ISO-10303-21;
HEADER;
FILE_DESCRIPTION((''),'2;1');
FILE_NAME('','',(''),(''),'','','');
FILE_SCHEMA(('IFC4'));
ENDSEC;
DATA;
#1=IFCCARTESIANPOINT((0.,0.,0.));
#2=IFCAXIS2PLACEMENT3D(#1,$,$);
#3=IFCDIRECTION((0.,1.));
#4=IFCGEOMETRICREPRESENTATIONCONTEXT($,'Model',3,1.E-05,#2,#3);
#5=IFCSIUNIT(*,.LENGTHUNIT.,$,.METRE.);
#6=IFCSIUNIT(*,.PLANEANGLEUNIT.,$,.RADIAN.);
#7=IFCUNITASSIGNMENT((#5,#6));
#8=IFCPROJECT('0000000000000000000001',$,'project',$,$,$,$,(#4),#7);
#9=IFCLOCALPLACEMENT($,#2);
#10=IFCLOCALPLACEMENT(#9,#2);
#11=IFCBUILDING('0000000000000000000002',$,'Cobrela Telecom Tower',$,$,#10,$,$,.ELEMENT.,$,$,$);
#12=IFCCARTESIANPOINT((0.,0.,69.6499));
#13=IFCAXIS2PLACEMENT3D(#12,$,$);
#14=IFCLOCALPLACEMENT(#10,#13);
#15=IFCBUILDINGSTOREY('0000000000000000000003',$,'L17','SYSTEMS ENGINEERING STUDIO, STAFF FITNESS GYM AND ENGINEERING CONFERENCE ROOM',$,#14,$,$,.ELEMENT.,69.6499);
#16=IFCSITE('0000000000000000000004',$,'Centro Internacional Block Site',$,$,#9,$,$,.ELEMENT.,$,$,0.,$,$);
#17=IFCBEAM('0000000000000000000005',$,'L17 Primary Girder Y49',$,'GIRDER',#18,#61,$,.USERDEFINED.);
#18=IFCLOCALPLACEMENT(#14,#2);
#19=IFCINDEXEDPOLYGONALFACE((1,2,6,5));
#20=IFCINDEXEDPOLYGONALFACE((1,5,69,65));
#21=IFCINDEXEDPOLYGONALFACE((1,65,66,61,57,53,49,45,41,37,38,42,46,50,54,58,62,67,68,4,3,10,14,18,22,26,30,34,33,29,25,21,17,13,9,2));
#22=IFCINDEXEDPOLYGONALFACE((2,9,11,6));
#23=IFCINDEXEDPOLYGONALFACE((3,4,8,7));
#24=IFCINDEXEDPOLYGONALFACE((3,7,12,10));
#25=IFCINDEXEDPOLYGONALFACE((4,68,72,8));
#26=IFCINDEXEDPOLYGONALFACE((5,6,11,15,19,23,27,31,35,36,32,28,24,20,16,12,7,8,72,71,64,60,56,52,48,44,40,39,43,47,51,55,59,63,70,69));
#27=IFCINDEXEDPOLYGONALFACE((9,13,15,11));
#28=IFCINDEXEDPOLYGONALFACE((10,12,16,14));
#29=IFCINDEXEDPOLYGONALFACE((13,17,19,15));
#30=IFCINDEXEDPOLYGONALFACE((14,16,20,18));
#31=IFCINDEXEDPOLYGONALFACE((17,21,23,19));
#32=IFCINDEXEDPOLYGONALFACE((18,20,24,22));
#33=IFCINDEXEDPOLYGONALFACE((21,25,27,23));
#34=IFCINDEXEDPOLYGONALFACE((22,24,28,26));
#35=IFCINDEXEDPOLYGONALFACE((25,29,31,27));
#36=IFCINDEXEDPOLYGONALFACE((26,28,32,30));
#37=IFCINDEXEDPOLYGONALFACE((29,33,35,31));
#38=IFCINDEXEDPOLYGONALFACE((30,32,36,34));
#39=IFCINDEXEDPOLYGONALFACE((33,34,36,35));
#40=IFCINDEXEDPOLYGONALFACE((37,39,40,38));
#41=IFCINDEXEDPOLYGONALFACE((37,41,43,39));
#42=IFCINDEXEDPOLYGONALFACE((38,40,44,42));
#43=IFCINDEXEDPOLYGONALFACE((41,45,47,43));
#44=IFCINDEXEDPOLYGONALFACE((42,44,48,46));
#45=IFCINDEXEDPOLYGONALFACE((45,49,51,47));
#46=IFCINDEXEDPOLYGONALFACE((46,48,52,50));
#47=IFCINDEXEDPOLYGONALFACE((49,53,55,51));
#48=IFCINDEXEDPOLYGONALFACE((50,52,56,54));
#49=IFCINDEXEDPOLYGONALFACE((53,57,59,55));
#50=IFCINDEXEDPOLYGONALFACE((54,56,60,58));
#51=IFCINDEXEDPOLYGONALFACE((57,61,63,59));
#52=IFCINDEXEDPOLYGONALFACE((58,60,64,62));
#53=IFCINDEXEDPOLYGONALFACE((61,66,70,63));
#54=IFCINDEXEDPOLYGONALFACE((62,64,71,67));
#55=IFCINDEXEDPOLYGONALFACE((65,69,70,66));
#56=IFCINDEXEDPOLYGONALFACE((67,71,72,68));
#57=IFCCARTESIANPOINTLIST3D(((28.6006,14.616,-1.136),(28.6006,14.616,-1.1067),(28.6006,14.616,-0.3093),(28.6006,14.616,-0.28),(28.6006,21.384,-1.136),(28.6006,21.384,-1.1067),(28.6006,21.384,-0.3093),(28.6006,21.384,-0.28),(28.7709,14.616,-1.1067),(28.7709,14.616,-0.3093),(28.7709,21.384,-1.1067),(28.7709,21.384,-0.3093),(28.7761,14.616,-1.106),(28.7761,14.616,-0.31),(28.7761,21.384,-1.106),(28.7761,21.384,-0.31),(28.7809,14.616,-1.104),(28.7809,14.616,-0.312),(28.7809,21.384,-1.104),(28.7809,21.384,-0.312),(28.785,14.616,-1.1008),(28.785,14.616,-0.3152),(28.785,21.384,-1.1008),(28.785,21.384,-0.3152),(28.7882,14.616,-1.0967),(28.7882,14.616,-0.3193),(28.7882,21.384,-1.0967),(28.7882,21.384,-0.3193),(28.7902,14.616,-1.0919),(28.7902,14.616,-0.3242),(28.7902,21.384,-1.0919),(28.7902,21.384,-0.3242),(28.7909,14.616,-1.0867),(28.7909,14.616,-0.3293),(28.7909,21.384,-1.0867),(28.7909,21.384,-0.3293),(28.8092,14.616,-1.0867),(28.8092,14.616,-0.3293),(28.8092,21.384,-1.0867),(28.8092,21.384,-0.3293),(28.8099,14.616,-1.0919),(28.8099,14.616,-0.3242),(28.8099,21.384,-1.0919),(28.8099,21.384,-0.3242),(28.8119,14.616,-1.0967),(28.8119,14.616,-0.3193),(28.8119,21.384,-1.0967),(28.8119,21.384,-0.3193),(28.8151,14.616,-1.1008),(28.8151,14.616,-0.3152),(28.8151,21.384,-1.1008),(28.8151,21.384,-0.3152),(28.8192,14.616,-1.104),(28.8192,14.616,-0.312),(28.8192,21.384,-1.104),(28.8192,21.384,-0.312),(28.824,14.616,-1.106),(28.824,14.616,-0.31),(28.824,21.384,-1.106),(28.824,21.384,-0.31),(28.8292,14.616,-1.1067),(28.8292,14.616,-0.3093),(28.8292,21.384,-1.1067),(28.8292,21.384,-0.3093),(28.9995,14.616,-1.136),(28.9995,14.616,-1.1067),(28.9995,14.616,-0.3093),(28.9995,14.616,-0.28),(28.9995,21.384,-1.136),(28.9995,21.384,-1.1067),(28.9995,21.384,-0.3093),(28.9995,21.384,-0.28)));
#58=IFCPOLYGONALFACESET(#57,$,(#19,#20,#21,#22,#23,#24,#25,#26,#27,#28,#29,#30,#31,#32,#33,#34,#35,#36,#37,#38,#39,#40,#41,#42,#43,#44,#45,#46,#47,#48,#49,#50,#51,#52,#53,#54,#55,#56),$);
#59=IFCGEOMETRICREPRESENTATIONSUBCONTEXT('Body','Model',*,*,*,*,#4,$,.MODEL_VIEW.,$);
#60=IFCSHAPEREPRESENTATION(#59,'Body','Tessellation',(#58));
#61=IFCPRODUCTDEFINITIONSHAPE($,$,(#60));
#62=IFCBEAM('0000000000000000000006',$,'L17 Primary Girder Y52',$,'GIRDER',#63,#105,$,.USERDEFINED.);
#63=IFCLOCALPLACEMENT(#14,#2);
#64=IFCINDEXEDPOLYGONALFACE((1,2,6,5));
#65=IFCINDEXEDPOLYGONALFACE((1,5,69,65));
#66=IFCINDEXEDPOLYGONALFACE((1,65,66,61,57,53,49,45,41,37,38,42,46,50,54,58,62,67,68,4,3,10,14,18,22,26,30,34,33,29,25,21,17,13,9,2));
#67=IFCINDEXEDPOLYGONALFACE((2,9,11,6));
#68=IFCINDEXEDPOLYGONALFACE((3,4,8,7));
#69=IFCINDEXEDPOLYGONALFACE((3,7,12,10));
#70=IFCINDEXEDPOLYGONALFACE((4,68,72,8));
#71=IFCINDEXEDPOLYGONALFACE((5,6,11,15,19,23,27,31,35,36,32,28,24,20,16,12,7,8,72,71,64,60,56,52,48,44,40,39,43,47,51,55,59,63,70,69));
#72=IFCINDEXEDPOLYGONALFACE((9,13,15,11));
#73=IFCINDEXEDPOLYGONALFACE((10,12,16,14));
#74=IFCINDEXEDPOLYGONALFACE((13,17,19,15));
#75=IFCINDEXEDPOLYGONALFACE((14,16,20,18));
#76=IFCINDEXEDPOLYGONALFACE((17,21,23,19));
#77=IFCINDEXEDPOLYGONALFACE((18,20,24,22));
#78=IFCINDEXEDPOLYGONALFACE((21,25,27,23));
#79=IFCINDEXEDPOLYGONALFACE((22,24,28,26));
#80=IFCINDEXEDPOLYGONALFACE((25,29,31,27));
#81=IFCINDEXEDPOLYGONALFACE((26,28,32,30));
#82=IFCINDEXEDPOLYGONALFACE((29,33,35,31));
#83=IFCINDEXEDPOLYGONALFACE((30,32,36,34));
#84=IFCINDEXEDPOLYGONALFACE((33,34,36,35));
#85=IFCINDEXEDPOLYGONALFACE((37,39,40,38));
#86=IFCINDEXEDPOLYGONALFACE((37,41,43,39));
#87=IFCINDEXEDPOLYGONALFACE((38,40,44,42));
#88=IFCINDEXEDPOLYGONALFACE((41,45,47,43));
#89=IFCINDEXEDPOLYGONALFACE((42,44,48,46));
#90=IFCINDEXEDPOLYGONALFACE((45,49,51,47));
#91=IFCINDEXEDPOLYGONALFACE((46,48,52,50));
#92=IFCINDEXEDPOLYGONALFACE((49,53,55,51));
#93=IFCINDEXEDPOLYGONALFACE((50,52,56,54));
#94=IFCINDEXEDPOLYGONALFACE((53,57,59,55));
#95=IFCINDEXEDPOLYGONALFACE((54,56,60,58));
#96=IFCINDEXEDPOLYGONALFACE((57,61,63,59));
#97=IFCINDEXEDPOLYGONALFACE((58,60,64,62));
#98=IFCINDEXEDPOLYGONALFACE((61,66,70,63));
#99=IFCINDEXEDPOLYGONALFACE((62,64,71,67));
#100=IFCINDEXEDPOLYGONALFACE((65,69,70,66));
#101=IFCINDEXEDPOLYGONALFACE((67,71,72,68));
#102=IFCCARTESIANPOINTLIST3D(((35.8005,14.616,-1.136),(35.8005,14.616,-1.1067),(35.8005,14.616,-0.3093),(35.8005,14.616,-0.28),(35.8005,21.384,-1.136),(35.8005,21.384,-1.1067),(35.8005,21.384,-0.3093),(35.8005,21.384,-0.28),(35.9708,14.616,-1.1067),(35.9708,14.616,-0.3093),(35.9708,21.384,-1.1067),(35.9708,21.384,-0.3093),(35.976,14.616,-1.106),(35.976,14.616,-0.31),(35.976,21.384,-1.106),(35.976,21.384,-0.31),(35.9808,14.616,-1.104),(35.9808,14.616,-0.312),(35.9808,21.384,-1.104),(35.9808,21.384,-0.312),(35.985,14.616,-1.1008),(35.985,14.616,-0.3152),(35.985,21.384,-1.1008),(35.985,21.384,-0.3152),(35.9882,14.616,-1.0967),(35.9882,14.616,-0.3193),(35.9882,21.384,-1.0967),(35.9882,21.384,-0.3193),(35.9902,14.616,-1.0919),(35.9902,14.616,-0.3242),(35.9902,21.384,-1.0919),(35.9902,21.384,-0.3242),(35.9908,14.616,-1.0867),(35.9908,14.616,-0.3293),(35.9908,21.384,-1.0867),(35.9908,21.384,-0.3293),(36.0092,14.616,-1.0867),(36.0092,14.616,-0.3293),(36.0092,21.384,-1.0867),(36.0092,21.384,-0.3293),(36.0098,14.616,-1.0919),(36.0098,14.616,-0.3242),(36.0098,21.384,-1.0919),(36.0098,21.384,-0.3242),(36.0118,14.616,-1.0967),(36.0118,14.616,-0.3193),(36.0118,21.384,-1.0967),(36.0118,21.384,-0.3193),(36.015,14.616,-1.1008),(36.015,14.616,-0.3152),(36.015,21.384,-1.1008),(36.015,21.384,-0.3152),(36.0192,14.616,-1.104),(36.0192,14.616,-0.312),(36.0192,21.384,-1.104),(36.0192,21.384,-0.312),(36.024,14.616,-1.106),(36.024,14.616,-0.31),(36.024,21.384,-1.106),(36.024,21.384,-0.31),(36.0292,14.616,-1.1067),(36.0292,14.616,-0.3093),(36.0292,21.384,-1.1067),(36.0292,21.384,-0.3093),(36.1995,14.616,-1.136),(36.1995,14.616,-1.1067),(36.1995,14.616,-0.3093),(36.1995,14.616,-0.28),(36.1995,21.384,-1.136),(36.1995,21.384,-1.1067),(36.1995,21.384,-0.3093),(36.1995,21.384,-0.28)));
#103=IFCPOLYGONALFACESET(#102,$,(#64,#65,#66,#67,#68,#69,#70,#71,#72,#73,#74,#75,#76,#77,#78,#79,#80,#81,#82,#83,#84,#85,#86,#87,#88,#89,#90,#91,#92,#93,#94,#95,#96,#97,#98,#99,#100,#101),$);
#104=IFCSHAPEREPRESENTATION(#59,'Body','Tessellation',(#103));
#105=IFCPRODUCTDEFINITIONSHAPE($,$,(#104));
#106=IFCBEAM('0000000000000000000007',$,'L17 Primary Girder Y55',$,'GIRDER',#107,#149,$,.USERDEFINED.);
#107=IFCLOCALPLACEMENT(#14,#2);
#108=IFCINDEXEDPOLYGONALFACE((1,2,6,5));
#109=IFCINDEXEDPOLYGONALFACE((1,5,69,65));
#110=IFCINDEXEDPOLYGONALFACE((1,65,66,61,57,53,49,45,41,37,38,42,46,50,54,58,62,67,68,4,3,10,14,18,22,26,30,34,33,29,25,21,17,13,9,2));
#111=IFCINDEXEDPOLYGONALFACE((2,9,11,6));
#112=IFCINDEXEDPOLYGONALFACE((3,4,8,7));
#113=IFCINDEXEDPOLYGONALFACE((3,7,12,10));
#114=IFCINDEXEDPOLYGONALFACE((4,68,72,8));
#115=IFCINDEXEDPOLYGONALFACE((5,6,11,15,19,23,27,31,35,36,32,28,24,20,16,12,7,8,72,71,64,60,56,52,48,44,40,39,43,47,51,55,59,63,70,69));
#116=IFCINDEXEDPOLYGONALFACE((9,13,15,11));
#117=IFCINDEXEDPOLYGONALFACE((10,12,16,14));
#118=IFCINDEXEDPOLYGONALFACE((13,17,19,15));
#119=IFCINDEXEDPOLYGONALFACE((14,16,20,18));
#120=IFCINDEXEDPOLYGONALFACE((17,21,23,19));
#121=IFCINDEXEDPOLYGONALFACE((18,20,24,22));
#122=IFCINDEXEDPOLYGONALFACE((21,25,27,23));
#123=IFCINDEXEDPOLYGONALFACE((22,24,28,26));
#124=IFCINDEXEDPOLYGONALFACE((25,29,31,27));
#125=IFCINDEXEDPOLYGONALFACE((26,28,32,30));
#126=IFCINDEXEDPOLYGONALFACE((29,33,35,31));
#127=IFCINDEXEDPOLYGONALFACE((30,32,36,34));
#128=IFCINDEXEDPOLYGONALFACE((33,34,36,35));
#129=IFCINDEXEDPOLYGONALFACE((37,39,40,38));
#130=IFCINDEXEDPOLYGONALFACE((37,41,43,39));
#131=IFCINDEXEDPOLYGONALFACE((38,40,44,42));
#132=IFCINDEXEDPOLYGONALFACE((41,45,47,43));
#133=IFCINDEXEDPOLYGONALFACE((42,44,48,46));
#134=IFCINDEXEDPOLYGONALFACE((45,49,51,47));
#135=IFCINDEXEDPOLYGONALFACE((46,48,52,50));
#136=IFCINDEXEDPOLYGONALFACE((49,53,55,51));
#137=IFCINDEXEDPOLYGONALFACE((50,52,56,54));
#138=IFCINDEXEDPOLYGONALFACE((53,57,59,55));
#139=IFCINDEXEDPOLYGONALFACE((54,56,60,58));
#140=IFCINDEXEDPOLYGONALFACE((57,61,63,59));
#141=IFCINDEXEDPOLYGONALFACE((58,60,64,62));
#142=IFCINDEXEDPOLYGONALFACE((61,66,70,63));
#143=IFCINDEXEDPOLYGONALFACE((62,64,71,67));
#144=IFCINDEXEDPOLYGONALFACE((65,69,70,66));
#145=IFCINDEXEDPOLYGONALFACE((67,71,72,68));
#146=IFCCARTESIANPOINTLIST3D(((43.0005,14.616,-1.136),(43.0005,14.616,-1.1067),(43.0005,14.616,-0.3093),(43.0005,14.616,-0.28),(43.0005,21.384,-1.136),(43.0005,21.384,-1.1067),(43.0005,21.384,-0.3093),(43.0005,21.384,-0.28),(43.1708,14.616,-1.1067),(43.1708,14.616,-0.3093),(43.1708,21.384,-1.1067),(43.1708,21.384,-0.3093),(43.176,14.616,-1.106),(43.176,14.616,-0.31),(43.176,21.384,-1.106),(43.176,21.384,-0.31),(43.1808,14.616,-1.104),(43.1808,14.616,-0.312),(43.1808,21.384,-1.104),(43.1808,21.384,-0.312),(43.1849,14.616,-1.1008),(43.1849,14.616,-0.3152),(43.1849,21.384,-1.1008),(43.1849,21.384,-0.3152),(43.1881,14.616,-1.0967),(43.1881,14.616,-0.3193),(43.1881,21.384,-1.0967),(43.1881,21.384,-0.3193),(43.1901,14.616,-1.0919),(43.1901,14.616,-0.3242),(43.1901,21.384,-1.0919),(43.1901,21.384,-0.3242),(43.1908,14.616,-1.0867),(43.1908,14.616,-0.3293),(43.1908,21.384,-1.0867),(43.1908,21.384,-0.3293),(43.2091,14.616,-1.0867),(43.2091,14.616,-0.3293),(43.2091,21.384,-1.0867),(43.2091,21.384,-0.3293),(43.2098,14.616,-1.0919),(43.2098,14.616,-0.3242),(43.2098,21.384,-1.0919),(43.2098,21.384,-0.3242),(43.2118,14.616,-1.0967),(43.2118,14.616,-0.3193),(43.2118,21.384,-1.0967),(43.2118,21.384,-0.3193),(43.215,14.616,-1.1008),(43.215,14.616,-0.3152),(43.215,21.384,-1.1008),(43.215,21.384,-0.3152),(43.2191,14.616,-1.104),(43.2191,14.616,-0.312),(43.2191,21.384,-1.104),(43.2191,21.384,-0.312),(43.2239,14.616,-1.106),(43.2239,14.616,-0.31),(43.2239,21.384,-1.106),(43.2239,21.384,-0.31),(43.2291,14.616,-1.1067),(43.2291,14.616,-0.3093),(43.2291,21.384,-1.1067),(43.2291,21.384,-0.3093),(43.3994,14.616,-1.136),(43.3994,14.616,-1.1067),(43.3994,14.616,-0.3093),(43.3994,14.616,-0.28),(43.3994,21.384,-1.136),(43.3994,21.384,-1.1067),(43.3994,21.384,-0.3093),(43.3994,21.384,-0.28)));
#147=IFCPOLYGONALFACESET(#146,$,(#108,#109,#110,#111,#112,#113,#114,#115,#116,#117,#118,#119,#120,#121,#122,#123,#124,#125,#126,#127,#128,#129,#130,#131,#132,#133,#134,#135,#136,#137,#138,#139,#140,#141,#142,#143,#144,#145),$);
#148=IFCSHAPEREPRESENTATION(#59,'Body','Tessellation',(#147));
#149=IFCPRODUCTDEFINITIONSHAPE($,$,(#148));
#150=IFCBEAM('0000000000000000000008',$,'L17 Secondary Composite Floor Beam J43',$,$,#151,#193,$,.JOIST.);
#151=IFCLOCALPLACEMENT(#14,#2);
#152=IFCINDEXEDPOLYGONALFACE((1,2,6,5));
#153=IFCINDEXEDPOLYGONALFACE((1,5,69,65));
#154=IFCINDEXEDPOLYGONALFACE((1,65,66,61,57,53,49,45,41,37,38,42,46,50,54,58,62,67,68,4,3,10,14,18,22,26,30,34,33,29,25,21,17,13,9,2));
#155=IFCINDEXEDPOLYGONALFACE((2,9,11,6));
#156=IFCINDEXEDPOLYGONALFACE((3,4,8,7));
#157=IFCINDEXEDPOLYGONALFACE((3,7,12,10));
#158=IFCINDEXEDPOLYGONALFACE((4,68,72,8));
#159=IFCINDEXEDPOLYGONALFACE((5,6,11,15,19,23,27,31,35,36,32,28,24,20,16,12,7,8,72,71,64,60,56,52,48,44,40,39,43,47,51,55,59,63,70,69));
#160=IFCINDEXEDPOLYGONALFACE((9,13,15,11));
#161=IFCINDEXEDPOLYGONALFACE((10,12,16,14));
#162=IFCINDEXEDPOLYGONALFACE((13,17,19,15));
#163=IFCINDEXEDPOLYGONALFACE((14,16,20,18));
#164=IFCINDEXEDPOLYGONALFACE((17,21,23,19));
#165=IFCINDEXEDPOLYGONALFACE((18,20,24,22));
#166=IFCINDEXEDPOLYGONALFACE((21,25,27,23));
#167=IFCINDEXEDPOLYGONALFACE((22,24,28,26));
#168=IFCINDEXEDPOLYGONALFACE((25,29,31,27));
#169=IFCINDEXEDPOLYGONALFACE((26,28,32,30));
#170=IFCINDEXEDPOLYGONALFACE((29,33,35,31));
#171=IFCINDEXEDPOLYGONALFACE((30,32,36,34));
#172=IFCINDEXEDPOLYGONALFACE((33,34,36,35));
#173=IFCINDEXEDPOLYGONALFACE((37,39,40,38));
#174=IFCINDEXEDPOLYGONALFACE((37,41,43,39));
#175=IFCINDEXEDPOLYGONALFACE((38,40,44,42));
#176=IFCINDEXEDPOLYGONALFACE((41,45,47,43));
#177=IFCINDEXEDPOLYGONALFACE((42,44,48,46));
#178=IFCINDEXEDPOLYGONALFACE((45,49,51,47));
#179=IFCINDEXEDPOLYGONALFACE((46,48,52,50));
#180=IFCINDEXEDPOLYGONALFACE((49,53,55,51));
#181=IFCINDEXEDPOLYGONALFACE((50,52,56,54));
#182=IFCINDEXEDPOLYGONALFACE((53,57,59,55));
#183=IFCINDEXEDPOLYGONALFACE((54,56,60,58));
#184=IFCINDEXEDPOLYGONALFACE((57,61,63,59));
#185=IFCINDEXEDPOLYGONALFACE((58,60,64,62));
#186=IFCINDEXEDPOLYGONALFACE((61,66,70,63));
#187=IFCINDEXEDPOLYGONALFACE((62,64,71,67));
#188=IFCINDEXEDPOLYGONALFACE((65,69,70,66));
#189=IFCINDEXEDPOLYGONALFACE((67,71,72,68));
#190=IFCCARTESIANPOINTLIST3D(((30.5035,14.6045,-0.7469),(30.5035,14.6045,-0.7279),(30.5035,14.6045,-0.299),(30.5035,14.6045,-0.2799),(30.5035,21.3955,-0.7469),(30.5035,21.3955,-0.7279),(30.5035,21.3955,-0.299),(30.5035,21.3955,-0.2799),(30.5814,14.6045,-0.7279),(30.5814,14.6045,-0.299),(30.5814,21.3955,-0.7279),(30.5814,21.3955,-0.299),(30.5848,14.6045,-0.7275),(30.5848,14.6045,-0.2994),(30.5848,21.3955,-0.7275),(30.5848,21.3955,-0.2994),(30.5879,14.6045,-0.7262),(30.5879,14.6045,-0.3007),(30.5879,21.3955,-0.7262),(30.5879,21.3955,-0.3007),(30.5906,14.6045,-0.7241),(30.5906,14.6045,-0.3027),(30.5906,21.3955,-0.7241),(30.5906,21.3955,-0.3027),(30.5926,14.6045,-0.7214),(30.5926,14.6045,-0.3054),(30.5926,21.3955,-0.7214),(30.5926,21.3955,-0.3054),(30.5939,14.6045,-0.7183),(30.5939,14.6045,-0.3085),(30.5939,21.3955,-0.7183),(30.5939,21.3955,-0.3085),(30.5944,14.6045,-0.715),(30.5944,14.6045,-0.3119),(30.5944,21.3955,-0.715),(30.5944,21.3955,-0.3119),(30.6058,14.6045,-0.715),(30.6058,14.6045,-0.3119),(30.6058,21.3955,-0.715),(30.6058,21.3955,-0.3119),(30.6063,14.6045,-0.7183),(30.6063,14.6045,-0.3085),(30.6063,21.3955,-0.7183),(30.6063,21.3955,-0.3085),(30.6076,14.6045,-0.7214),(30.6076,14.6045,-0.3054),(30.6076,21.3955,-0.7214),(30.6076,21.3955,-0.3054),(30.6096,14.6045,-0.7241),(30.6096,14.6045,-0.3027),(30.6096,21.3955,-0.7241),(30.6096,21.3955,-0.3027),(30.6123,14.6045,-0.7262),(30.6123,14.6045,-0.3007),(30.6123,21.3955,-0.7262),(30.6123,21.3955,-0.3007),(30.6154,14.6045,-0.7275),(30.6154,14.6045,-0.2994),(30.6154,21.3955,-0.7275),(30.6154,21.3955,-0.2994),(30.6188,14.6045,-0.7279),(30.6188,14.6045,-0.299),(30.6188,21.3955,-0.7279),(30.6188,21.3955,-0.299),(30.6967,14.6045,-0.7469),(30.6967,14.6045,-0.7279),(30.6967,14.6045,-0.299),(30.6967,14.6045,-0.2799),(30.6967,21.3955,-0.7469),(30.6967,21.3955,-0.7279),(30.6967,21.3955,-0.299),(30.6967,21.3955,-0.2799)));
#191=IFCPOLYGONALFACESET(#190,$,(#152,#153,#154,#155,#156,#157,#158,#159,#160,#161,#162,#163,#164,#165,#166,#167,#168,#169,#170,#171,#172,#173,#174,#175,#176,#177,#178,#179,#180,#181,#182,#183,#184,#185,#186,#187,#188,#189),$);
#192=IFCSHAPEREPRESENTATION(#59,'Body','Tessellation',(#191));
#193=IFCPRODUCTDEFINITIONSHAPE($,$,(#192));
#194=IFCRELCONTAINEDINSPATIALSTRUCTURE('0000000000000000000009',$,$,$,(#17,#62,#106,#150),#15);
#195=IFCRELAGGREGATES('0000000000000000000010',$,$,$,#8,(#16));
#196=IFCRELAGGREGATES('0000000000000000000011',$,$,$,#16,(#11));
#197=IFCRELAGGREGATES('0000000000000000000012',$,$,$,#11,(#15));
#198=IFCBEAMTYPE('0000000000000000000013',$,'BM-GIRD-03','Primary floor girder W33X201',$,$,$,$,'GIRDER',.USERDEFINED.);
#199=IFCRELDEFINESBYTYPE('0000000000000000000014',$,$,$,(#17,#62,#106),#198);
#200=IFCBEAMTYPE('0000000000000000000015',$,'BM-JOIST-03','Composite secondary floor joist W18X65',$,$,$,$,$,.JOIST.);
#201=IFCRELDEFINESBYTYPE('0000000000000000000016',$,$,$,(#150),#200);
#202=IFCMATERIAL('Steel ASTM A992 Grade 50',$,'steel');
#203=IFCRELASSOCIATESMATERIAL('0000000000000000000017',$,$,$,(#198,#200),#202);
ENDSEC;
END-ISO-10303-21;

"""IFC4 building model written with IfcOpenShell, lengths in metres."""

from ifc_helpers import new_model, si_unit, direction, frame, origin, origin_2d, place, context, subcontext, project, spatial, i_section, extrude, material, material_profile, profile_set, type_object, element, save


model = new_model("IFC4")

# Units and contexts
model_context = context("Model", 3, precision=1e-05, world=origin(), true_north=direction((0.0, 1.0)))
body_context = subcontext(model_context, "Body", "Model", "MODEL_VIEW")
ifc_project = project(units=[si_unit("LENGTHUNIT", "METRE"), si_unit("PLANEANGLEUNIT", "RADIAN")], contexts=[model_context])

# Site, building, storey
site_placement = place(None, origin())
site = spatial("IfcSite", under=ifc_project, at=site_placement, Name="Centro Internacional Block Site", CompositionType="ELEMENT", RefElevation=0.0)
building_placement = place(site_placement, origin())
building = spatial("IfcBuilding", under=site, at=building_placement, Name="Cobrela Telecom Tower", CompositionType="ELEMENT")
storey_placement = place(building_placement, frame((0.0, 0.0, 69.6499)))
storey = spatial("IfcBuildingStorey", under=building, at=storey_placement, Name="L17", Description="SYSTEMS ENGINEERING STUDIO, STAFF FITNESS GYM AND ENGINEERING CONFERENCE ROOM", CompositionType="ELEMENT", Elevation=69.6499)

# Shared definitions
ifc_material_1 = material(Name="Steel ASTM A992 Grade 50", Category="steel")

# Beams
ifc_material_profile_1 = material_profile(ifc_material_1, i_section(OverallWidth=0.3989, OverallDepth=0.856, WebThickness=0.0183, FlangeThickness=0.0293, FilletRadius=0.02, at=origin_2d()), Name="W33X201")
ifc_profile_set_1 = profile_set([ifc_material_profile_1], Name="Steel ASTM A992 Grade 50")
beam_type_1 = type_object("IfcBeamType", Name="BM-GIRD-03", Description="Primary floor girder W33X201", ElementType="GIRDER", PredefinedType="USERDEFINED", material=ifc_profile_set_1)
for number, where, z_axis, x_axis, name in (
    (1, (28.8, 14.616, -0.708), (0.0, 1.0, 0.0), (-1.0, 0.0, 0.0), "L17 Primary Girder Y49"),
    (2, (36.0, 14.616, -0.708), (0.0, 1.0, 0.0), (-1.0, 0.0, 0.0), "L17 Primary Girder Y52"),
    (3, (43.2, 14.616, -0.708), (0.0, 1.0, 0.0), (-1.0, 0.0, 0.0), "L17 Primary Girder Y55"),
):
    element("IfcBeam", number, at=place(storey_placement, frame(where, z_axis=z_axis, x_axis=x_axis)), inside=storey, type_object=beam_type_1, Name=name, ObjectType="GIRDER", PredefinedType="USERDEFINED", context=body_context, shape_type="SweptSolid", body=[
        extrude(i_section(OverallWidth=0.3989, OverallDepth=0.856, WebThickness=0.0183, FlangeThickness=0.0293, FilletRadius=0.02, at=origin_2d()), origin(), (0.0, 0.0, 1.0), 6.7681),
    ])
ifc_material_profile_2 = material_profile(ifc_material_1, i_section(OverallWidth=0.1931, OverallDepth=0.467, WebThickness=0.0115, FlangeThickness=0.019, FilletRadius=0.0129, at=origin_2d()), Name="W18X65")
ifc_profile_set_2 = profile_set([ifc_material_profile_2], Name="Steel ASTM A992 Grade 50")
beam_type_2 = type_object("IfcBeamType", Name="BM-JOIST-03", Description="Composite secondary floor joist W18X65", PredefinedType="JOIST", material=ifc_profile_set_2)
for number, where, z_axis, x_axis, name in (
    (4, (30.6001, 14.6045, -0.5134), (0.0, 1.0, 0.0), (-1.0, 0.0, 0.0), "L17 Secondary Composite Floor Beam J43"),
):
    element("IfcBeam", number, at=place(storey_placement, frame(where, z_axis=z_axis, x_axis=x_axis)), inside=storey, type_object=beam_type_2, Name=name, PredefinedType="JOIST", context=body_context, shape_type="SweptSolid", body=[
        extrude(i_section(OverallWidth=0.1931, OverallDepth=0.467, WebThickness=0.0115, FlangeThickness=0.019, FilletRadius=0.0129, at=origin_2d()), origin(), (0.0, 0.0, 1.0), 6.791),
    ])

save(model, "model.ifc")
